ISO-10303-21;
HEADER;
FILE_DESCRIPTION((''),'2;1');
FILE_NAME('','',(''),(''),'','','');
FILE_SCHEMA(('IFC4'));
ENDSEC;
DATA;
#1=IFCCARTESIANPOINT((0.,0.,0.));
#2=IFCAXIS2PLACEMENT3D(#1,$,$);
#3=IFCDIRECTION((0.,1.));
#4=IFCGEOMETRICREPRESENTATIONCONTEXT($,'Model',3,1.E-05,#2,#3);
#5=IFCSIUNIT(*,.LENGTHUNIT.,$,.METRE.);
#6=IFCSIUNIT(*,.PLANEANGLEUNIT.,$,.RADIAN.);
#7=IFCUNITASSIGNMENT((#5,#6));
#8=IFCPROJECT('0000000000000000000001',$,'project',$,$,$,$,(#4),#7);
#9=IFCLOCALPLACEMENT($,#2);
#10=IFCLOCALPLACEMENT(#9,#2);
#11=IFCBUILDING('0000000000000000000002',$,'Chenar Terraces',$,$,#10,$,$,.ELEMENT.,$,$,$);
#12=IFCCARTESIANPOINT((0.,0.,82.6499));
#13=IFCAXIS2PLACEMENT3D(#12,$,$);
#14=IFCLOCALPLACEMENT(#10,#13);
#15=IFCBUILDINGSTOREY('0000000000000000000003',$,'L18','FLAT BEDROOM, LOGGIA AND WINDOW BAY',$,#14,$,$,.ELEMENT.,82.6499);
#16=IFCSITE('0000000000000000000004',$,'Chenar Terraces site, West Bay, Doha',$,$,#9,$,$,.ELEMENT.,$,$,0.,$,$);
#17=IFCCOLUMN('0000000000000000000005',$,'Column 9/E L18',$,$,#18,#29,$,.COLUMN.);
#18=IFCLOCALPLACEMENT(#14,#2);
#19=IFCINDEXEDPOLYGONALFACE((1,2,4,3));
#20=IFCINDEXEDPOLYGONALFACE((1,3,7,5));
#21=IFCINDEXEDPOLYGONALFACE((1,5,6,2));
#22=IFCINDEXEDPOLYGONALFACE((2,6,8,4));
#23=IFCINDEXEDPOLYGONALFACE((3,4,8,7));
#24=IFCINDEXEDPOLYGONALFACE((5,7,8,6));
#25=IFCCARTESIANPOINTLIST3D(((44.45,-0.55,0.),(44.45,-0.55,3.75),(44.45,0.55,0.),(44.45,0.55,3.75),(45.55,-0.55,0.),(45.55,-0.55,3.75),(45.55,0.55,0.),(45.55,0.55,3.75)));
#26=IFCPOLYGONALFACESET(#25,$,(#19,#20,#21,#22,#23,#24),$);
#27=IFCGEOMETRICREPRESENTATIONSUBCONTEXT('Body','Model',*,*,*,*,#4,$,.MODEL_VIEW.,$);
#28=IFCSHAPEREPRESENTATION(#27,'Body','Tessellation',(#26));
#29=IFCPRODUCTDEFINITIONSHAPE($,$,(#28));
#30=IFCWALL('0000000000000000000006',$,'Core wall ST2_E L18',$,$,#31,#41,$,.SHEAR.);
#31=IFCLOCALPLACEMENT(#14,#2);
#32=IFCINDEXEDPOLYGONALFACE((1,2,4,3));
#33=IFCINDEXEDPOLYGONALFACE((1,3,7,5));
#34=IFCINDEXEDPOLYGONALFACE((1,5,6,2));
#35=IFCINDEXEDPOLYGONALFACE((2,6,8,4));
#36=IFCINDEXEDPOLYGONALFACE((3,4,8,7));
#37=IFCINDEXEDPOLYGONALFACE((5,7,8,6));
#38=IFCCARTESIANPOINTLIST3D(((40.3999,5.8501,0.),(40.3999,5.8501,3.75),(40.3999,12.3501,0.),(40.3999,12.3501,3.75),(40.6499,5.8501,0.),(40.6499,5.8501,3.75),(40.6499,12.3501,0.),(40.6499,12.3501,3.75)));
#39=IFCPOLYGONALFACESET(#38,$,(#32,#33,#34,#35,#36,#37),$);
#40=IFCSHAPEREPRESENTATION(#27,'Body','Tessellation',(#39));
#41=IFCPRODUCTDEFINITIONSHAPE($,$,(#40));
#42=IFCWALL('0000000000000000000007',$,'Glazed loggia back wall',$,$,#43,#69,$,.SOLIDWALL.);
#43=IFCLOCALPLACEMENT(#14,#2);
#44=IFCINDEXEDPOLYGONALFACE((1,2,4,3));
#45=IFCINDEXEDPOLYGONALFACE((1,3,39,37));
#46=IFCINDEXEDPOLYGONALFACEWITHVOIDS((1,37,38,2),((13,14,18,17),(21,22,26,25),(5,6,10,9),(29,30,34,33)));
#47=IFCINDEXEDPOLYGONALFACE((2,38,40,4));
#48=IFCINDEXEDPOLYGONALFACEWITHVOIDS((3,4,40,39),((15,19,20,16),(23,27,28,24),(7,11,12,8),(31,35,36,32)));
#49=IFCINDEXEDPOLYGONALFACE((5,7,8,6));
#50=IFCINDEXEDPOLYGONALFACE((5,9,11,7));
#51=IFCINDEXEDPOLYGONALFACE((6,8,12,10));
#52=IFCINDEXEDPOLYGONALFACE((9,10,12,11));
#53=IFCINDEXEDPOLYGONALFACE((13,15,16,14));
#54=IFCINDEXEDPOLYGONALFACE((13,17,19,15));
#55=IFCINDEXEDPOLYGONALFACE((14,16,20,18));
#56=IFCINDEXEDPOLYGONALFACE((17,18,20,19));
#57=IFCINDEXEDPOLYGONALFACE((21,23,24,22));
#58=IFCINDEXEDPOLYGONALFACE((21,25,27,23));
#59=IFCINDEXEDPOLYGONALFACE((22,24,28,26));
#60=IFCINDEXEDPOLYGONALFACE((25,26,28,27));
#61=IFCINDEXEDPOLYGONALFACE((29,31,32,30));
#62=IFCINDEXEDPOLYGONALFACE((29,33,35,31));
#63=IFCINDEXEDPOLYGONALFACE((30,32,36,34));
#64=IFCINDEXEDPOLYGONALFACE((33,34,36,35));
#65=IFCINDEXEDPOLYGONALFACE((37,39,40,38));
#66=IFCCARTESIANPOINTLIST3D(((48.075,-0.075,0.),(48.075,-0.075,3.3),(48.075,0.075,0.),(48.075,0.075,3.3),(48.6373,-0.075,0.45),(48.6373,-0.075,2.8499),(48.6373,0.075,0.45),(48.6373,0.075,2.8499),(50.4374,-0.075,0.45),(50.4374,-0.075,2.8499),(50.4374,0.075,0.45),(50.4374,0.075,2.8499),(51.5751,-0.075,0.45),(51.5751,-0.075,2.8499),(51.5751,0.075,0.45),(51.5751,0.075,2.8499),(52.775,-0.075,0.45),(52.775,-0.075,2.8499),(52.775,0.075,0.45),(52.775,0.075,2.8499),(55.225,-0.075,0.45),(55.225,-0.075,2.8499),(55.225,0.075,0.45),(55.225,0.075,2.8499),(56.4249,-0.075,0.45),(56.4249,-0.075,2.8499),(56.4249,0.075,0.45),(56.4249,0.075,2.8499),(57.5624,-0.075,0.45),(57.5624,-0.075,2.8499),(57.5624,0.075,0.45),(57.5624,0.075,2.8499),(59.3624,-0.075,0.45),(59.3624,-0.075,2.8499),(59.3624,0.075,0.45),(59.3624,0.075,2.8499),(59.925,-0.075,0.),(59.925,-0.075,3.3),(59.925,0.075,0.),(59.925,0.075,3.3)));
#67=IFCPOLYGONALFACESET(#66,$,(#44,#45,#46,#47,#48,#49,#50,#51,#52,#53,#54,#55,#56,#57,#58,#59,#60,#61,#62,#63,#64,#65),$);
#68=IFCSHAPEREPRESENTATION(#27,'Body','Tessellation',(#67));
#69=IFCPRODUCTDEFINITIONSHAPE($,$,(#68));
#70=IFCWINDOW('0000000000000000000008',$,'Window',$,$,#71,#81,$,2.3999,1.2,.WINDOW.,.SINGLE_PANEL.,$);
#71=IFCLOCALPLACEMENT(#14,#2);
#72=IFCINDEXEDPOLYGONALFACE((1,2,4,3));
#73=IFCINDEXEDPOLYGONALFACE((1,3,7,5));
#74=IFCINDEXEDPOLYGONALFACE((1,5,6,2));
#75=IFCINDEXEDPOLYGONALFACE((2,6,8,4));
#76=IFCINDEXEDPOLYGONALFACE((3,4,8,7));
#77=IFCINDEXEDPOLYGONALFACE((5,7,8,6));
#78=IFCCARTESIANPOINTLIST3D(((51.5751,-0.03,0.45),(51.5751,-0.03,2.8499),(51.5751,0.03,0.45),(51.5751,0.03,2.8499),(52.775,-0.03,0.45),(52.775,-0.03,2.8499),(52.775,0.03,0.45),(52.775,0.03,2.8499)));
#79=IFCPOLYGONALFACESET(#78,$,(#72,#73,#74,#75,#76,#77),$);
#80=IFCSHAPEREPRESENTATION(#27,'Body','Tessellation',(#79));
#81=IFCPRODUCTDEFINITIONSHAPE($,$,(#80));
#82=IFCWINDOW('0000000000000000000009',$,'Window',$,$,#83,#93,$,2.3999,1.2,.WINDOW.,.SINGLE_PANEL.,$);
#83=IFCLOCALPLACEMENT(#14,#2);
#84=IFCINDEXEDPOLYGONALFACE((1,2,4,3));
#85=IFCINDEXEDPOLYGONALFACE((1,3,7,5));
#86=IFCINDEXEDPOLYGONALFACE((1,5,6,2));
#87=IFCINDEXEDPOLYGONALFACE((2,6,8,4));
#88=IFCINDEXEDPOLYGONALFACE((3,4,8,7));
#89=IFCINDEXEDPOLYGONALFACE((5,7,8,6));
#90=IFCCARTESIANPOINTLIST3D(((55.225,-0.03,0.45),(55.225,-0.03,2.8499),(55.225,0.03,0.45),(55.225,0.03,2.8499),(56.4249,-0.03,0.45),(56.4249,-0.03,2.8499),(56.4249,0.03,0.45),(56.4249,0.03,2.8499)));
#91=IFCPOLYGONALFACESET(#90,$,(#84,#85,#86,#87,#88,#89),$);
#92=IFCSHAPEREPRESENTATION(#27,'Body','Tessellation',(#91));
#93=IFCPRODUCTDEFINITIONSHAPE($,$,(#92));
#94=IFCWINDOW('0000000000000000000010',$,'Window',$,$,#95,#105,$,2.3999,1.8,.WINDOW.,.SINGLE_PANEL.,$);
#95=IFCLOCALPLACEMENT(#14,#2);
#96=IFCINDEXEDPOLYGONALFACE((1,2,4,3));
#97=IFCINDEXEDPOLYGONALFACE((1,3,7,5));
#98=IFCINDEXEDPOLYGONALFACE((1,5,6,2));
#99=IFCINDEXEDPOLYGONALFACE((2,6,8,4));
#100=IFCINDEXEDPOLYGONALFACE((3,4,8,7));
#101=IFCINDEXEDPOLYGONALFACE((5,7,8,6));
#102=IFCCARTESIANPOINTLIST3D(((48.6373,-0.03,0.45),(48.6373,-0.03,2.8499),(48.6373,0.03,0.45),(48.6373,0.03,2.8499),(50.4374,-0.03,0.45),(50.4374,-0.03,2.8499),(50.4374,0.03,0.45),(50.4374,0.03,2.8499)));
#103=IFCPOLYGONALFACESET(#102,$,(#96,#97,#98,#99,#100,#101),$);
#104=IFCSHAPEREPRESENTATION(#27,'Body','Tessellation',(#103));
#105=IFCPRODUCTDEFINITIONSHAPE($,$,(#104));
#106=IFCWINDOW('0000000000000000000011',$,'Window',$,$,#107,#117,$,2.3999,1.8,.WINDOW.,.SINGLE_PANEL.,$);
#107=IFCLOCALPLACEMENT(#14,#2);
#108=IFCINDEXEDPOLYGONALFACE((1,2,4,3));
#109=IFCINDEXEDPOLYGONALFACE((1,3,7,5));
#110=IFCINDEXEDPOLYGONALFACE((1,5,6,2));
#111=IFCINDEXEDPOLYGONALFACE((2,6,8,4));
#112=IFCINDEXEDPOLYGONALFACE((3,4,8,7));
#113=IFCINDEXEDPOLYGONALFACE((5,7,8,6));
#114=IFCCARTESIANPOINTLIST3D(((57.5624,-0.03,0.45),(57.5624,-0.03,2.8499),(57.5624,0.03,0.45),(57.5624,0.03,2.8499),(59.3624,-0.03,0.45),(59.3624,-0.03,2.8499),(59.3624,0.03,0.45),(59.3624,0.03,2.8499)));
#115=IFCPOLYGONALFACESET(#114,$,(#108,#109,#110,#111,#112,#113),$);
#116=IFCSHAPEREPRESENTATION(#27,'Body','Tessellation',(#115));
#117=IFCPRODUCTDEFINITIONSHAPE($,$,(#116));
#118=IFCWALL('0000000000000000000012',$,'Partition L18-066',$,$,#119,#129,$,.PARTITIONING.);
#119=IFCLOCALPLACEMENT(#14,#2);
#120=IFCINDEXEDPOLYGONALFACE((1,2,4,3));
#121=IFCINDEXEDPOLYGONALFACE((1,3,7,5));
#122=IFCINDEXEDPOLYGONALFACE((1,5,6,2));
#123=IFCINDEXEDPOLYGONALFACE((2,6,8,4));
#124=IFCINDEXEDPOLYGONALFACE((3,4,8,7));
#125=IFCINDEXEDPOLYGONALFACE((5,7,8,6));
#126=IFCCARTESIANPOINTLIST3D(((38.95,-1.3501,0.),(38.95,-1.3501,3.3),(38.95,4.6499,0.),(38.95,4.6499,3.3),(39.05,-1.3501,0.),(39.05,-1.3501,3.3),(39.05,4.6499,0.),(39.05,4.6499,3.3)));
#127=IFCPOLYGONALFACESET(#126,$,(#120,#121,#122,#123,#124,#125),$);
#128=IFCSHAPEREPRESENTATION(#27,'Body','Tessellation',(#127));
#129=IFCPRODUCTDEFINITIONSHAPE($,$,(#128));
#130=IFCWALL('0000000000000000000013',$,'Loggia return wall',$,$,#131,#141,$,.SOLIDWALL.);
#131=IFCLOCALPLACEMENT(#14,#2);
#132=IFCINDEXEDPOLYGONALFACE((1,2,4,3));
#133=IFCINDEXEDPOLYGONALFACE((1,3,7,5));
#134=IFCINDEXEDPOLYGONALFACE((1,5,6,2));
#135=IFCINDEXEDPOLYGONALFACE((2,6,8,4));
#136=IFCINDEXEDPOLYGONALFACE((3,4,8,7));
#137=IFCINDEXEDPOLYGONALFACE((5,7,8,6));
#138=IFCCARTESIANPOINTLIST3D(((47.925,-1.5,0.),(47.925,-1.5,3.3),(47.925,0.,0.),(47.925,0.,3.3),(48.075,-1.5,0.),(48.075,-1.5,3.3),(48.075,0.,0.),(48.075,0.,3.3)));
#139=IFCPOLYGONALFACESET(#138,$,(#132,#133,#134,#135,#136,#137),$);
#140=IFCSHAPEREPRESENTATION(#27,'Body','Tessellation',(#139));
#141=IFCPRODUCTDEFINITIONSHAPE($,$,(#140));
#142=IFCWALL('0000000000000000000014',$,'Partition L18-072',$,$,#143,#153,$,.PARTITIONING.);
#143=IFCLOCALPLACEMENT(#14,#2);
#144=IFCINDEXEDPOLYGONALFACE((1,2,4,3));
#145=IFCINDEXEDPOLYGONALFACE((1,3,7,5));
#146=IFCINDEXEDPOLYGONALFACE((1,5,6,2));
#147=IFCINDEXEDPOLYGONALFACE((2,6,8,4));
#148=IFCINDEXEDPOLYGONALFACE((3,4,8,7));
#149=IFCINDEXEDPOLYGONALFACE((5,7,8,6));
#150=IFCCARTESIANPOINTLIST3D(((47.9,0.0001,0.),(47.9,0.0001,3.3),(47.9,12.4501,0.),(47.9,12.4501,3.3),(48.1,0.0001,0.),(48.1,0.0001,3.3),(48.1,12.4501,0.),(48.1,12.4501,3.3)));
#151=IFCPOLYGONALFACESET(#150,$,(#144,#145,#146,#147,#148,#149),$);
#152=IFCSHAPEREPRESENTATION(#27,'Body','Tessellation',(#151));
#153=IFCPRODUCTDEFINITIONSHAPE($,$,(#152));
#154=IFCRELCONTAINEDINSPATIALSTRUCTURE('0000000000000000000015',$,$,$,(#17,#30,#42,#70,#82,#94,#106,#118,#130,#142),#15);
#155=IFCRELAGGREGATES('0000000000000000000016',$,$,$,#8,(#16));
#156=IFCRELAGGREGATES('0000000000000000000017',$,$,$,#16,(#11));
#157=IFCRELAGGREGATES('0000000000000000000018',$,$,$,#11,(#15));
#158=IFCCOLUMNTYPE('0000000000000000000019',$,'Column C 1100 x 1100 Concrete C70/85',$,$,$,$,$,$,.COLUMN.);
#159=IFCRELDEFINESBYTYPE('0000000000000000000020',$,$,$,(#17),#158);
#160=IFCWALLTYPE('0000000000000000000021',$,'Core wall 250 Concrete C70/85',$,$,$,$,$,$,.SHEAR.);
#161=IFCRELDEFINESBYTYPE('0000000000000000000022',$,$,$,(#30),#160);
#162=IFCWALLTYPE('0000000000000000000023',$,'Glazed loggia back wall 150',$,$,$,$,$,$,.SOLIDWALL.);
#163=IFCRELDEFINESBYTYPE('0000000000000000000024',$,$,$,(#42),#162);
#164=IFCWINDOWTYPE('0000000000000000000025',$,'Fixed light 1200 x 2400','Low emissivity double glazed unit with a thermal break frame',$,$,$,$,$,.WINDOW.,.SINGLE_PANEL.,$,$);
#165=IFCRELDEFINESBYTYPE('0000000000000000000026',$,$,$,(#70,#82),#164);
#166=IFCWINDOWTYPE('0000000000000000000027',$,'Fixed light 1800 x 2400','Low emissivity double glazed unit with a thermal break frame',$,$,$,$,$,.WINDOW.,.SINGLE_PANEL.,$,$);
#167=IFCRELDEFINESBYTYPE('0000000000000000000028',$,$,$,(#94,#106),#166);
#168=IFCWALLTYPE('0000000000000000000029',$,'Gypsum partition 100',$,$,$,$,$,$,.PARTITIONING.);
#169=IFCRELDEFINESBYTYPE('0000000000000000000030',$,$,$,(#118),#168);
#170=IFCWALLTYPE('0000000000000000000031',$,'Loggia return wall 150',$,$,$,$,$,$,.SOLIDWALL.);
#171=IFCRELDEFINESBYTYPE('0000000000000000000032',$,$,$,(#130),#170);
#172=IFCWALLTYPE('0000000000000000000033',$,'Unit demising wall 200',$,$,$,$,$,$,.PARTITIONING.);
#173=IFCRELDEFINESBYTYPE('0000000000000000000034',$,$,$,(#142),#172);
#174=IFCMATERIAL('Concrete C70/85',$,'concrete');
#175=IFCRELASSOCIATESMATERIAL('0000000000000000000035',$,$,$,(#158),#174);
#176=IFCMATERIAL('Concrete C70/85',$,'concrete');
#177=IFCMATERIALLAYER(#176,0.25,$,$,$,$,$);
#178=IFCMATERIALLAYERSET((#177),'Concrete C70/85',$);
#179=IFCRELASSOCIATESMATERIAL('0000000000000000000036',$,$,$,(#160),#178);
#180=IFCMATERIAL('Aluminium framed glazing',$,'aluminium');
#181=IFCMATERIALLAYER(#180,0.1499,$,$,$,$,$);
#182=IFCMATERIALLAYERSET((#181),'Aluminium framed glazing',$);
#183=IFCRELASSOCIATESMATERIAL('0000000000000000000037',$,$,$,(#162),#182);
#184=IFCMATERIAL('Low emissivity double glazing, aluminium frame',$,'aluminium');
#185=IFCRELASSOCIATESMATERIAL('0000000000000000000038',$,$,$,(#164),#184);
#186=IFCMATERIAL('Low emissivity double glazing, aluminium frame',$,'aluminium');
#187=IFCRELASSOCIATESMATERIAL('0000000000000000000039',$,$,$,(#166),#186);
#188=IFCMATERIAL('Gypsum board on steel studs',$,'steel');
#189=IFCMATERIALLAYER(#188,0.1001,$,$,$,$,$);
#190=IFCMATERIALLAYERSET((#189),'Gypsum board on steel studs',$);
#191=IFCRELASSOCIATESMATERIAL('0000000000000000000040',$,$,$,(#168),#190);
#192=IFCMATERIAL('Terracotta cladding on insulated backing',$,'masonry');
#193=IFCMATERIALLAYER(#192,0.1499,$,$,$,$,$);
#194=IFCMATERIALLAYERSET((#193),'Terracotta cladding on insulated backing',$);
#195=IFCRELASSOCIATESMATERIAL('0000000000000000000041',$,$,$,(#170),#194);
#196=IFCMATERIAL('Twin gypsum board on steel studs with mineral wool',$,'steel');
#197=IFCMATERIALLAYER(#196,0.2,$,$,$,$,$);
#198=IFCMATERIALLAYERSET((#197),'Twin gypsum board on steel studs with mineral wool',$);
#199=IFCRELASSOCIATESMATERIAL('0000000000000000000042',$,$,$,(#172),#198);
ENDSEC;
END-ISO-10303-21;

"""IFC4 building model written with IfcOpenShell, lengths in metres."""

from ifc_helpers import new_model, si_unit, direction, frame, frame_2d, origin, origin_2d, place, context, subcontext, project, spatial, rectangle, extrude, material, layer, layer_set, material_profile, profile_set, type_object, element, fill, save


model = new_model("IFC4")

# Units and contexts
model_context = context("Model", 3, precision=1e-05, world=origin(), true_north=direction((0.0, 1.0)))
body_context = subcontext(model_context, "Body", "Model", "MODEL_VIEW")
ifc_project = project(units=[si_unit("LENGTHUNIT", "METRE"), si_unit("PLANEANGLEUNIT", "RADIAN")], contexts=[model_context])

# Site, building, storey
site_placement = place(None, origin())
site = spatial("IfcSite", under=ifc_project, at=site_placement, Name="Chenar Terraces site, West Bay, Doha", CompositionType="ELEMENT", RefElevation=0.0)
building_placement = place(site_placement, origin())
building = spatial("IfcBuilding", under=site, at=building_placement, Name="Chenar Terraces", CompositionType="ELEMENT")
storey_placement = place(building_placement, frame((0.0, 0.0, 82.6499)))
storey = spatial("IfcBuildingStorey", under=building, at=storey_placement, Name="L18", Description="FLAT BEDROOM, LOGGIA AND WINDOW BAY", CompositionType="ELEMENT", Elevation=82.6499)

# Column
ifc_material_1 = material(Name="Concrete C70/85", Category="concrete")
ifc_material_profile = material_profile(ifc_material_1, rectangle(XDim=1.1001, YDim=1.1001, at=origin_2d()), Name="C 1100 x 1100")
ifc_profile_set = profile_set([ifc_material_profile], Name="Concrete C70/85")
column_type = type_object("IfcColumnType", Name="Column C 1100 x 1100 Concrete C70/85", PredefinedType="COLUMN", material=ifc_profile_set)
column_placement = place(storey_placement, frame((45.0, 0.0, 0.0), z_axis=(0.0, 0.0, 1.0), x_axis=(1.0, 0.0, 0.0)))
element("IfcColumn", 1, at=column_placement, inside=storey, type_object=column_type, Name="Column 9/E L18", PredefinedType="COLUMN", context=body_context, shape_type="SweptSolid", body=[
    extrude(rectangle(XDim=1.1001, YDim=1.1001, at=origin_2d()), origin(), (0.0, 0.0, 1.0), 3.75),
])

# Wall
ifc_material_2 = material(Name="Concrete C70/85", Category="concrete")
ifc_layer_1 = layer(ifc_material_2, 0.25)
ifc_layer_set_1 = layer_set([ifc_layer_1], Name="Concrete C70/85")
wall_type_1 = type_object("IfcWallType", Name="Core wall 250 Concrete C70/85", PredefinedType="SHEAR", material=ifc_layer_set_1)
wall_1_placement = place(storey_placement, frame((40.5249, 5.8501, 0.0), z_axis=(0.0, 0.0, 1.0), x_axis=(0.0, 1.0, 0.0)))
element("IfcWall", 2, at=wall_1_placement, inside=storey, type_object=wall_type_1, Name="Core wall ST2_E L18", PredefinedType="SHEAR", context=body_context, shape_type="SweptSolid", body=[
    extrude(rectangle(XDim=6.5, YDim=0.25, at=frame_2d((3.25, 0.0))), origin(), (0.0, 0.0, 1.0), 3.75),
])

# Wall, openings, windows
ifc_material_3 = material(Name="Aluminium framed glazing", Category="aluminium")
ifc_layer_2 = layer(ifc_material_3, 0.1499)
ifc_layer_set_2 = layer_set([ifc_layer_2], Name="Aluminium framed glazing")
wall_type_2 = type_object("IfcWallType", Name="Glazed loggia back wall 150", PredefinedType="SOLIDWALL", material=ifc_layer_set_2)
wall_2_placement = place(storey_placement, frame((48.075, 0.0, 0.0), z_axis=(0.0, 0.0, 1.0), x_axis=(1.0, 0.0, 0.0)))
wall_2 = element("IfcWall", 3, at=wall_2_placement, inside=storey, type_object=wall_type_2, Name="Glazed loggia back wall", PredefinedType="SOLIDWALL", context=body_context, shape_type="SweptSolid", body=[
    extrude(rectangle(XDim=11.8501, YDim=0.1499, at=frame_2d((5.925, 0.0))), origin(), (0.0, 0.0, 1.0), 3.3),
])
opening_1_placement = place(wall_2_placement, frame((0.5625, 0.0, 0.45)))
opening_1 = element("IfcOpeningElement", 4, at=opening_1_placement, cuts=wall_2, PredefinedType="OPENING", context=body_context, shape_type="SweptSolid", body=[
    extrude(rectangle(XDim=1.8, YDim=2.3999, at=frame_2d((0.8999, 1.2))), frame((0.0, 0.085, 0.0), z_axis=(0.0, -1.0, 0.0), x_axis=(1.0, 0.0, 0.0)), (0.0, 0.0, 1.0), 0.1699),
])
opening_2_placement = place(wall_2_placement, frame((3.5, 0.0, 0.45)))
opening_2 = element("IfcOpeningElement", 5, at=opening_2_placement, cuts=wall_2, PredefinedType="OPENING", context=body_context, shape_type="SweptSolid", body=[
    extrude(rectangle(XDim=1.2, YDim=2.3999, at=frame_2d((0.6001, 1.2))), frame((0.0, 0.085, 0.0), z_axis=(0.0, -1.0, 0.0), x_axis=(1.0, 0.0, 0.0)), (0.0, 0.0, 1.0), 0.1699),
])
opening_3_placement = place(wall_2_placement, frame((7.1499, 0.0, 0.45)))
opening_3 = element("IfcOpeningElement", 6, at=opening_3_placement, cuts=wall_2, PredefinedType="OPENING", context=body_context, shape_type="SweptSolid", body=[
    extrude(rectangle(XDim=1.2, YDim=2.3999, at=frame_2d((0.6001, 1.2))), frame((0.0, 0.085, 0.0), z_axis=(0.0, -1.0, 0.0), x_axis=(1.0, 0.0, 0.0)), (0.0, 0.0, 1.0), 0.1699),
])
opening_4_placement = place(wall_2_placement, frame((9.4875, 0.0, 0.45)))
opening_4 = element("IfcOpeningElement", 7, at=opening_4_placement, cuts=wall_2, PredefinedType="OPENING", context=body_context, shape_type="SweptSolid", body=[
    extrude(rectangle(XDim=1.8, YDim=2.3999, at=frame_2d((0.8999, 1.2))), frame((0.0, 0.085, 0.0), z_axis=(0.0, -1.0, 0.0), x_axis=(1.0, 0.0, 0.0)), (0.0, 0.0, 1.0), 0.1699),
])
ifc_material_4 = material(Name="Low emissivity double glazing, aluminium frame", Category="aluminium")
window_type_1 = type_object("IfcWindowType", Name="Fixed light 1200 x 2400", Description="Low emissivity double glazed unit with a thermal break frame", PartitioningType="SINGLE_PANEL", PredefinedType="WINDOW", material=ifc_material_4)
window_1_placement = place(opening_2_placement, origin())
window_1 = element("IfcWindow", 8, at=window_1_placement, inside=storey, type_object=window_type_1, Name="Window", OverallHeight=2.3999, OverallWidth=1.2, PartitioningType="SINGLE_PANEL", PredefinedType="WINDOW", context=body_context, shape_type="SweptSolid", body=[
    extrude(rectangle(XDim=1.2, YDim=2.3999, at=frame_2d((0.6001, 1.2))), frame((0.0, 0.03, 0.0), z_axis=(0.0, -1.0, 0.0), x_axis=(1.0, 0.0, 0.0)), (0.0, 0.0, 1.0), 0.0601),
])
fill(opening_2, window_1)
window_2_placement = place(opening_3_placement, origin())
window_2 = element("IfcWindow", 9, at=window_2_placement, inside=storey, type_object=window_type_1, Name="Window", OverallHeight=2.3999, OverallWidth=1.2, PartitioningType="SINGLE_PANEL", PredefinedType="WINDOW", context=body_context, shape_type="SweptSolid", body=[
    extrude(rectangle(XDim=1.2, YDim=2.3999, at=frame_2d((0.6001, 1.2))), frame((0.0, 0.03, 0.0), z_axis=(0.0, -1.0, 0.0), x_axis=(1.0, 0.0, 0.0)), (0.0, 0.0, 1.0), 0.0601),
])
fill(opening_3, window_2)
ifc_material_5 = material(Name="Low emissivity double glazing, aluminium frame", Category="aluminium")
window_type_2 = type_object("IfcWindowType", Name="Fixed light 1800 x 2400", Description="Low emissivity double glazed unit with a thermal break frame", PartitioningType="SINGLE_PANEL", PredefinedType="WINDOW", material=ifc_material_5)
window_3_placement = place(opening_1_placement, origin())
window_3 = element("IfcWindow", 10, at=window_3_placement, inside=storey, type_object=window_type_2, Name="Window", OverallHeight=2.3999, OverallWidth=1.8, PartitioningType="SINGLE_PANEL", PredefinedType="WINDOW", context=body_context, shape_type="SweptSolid", body=[
    extrude(rectangle(XDim=1.8, YDim=2.3999, at=frame_2d((0.8999, 1.2))), frame((0.0, 0.03, 0.0), z_axis=(0.0, -1.0, 0.0), x_axis=(1.0, 0.0, 0.0)), (0.0, 0.0, 1.0), 0.0601),
])
fill(opening_1, window_3)
window_4_placement = place(opening_4_placement, origin())
window_4 = element("IfcWindow", 11, at=window_4_placement, inside=storey, type_object=window_type_2, Name="Window", OverallHeight=2.3999, OverallWidth=1.8, PartitioningType="SINGLE_PANEL", PredefinedType="WINDOW", context=body_context, shape_type="SweptSolid", body=[
    extrude(rectangle(XDim=1.8, YDim=2.3999, at=frame_2d((0.8999, 1.2))), frame((0.0, 0.03, 0.0), z_axis=(0.0, -1.0, 0.0), x_axis=(1.0, 0.0, 0.0)), (0.0, 0.0, 1.0), 0.0601),
])
fill(opening_4, window_4)

# Walls
ifc_material_6 = material(Name="Gypsum board on steel studs", Category="steel")
ifc_layer_3 = layer(ifc_material_6, 0.1001)
ifc_layer_set_3 = layer_set([ifc_layer_3], Name="Gypsum board on steel studs")
wall_type_3 = type_object("IfcWallType", Name="Gypsum partition 100", PredefinedType="PARTITIONING", material=ifc_layer_set_3)
wall_3_placement = place(storey_placement, frame((39.0, -1.3501, 0.0), z_axis=(0.0, 0.0, 1.0), x_axis=(0.0, 1.0, 0.0)))
element("IfcWall", 12, at=wall_3_placement, inside=storey, type_object=wall_type_3, Name="Partition L18-066", PredefinedType="PARTITIONING", context=body_context, shape_type="SweptSolid", body=[
    extrude(rectangle(XDim=6.0, YDim=0.1001, at=frame_2d((3.0, 0.0))), origin(), (0.0, 0.0, 1.0), 3.3),
])
ifc_material_7 = material(Name="Terracotta cladding on insulated backing", Category="masonry")
ifc_layer_4 = layer(ifc_material_7, 0.1499)
ifc_layer_set_4 = layer_set([ifc_layer_4], Name="Terracotta cladding on insulated backing")
wall_type_4 = type_object("IfcWallType", Name="Loggia return wall 150", PredefinedType="SOLIDWALL", material=ifc_layer_set_4)
wall_4_placement = place(storey_placement, frame((48.0, -1.5, 0.0), z_axis=(0.0, 0.0, 1.0), x_axis=(0.0, 1.0, 0.0)))
element("IfcWall", 13, at=wall_4_placement, inside=storey, type_object=wall_type_4, Name="Loggia return wall", PredefinedType="SOLIDWALL", context=body_context, shape_type="SweptSolid", body=[
    extrude(rectangle(XDim=1.5, YDim=0.1499, at=frame_2d((0.75, 0.0))), origin(), (0.0, 0.0, 1.0), 3.3),
])
ifc_material_8 = material(Name="Twin gypsum board on steel studs with mineral wool", Category="steel")
ifc_layer_5 = layer(ifc_material_8, 0.2)
ifc_layer_set_5 = layer_set([ifc_layer_5], Name="Twin gypsum board on steel studs with mineral wool")
wall_type_5 = type_object("IfcWallType", Name="Unit demising wall 200", PredefinedType="PARTITIONING", material=ifc_layer_set_5)
wall_5_placement = place(storey_placement, frame((48.0, 0.0, 0.0), z_axis=(0.0, 0.0, 1.0), x_axis=(0.0, 1.0, 0.0)))
element("IfcWall", 14, at=wall_5_placement, inside=storey, type_object=wall_type_5, Name="Partition L18-072", PredefinedType="PARTITIONING", context=body_context, shape_type="SweptSolid", body=[
    extrude(rectangle(XDim=12.45, YDim=0.2, at=frame_2d((6.2251, 0.0))), origin(), (0.0, 0.0, 1.0), 3.3),
])

save(model, "model.ifc")
